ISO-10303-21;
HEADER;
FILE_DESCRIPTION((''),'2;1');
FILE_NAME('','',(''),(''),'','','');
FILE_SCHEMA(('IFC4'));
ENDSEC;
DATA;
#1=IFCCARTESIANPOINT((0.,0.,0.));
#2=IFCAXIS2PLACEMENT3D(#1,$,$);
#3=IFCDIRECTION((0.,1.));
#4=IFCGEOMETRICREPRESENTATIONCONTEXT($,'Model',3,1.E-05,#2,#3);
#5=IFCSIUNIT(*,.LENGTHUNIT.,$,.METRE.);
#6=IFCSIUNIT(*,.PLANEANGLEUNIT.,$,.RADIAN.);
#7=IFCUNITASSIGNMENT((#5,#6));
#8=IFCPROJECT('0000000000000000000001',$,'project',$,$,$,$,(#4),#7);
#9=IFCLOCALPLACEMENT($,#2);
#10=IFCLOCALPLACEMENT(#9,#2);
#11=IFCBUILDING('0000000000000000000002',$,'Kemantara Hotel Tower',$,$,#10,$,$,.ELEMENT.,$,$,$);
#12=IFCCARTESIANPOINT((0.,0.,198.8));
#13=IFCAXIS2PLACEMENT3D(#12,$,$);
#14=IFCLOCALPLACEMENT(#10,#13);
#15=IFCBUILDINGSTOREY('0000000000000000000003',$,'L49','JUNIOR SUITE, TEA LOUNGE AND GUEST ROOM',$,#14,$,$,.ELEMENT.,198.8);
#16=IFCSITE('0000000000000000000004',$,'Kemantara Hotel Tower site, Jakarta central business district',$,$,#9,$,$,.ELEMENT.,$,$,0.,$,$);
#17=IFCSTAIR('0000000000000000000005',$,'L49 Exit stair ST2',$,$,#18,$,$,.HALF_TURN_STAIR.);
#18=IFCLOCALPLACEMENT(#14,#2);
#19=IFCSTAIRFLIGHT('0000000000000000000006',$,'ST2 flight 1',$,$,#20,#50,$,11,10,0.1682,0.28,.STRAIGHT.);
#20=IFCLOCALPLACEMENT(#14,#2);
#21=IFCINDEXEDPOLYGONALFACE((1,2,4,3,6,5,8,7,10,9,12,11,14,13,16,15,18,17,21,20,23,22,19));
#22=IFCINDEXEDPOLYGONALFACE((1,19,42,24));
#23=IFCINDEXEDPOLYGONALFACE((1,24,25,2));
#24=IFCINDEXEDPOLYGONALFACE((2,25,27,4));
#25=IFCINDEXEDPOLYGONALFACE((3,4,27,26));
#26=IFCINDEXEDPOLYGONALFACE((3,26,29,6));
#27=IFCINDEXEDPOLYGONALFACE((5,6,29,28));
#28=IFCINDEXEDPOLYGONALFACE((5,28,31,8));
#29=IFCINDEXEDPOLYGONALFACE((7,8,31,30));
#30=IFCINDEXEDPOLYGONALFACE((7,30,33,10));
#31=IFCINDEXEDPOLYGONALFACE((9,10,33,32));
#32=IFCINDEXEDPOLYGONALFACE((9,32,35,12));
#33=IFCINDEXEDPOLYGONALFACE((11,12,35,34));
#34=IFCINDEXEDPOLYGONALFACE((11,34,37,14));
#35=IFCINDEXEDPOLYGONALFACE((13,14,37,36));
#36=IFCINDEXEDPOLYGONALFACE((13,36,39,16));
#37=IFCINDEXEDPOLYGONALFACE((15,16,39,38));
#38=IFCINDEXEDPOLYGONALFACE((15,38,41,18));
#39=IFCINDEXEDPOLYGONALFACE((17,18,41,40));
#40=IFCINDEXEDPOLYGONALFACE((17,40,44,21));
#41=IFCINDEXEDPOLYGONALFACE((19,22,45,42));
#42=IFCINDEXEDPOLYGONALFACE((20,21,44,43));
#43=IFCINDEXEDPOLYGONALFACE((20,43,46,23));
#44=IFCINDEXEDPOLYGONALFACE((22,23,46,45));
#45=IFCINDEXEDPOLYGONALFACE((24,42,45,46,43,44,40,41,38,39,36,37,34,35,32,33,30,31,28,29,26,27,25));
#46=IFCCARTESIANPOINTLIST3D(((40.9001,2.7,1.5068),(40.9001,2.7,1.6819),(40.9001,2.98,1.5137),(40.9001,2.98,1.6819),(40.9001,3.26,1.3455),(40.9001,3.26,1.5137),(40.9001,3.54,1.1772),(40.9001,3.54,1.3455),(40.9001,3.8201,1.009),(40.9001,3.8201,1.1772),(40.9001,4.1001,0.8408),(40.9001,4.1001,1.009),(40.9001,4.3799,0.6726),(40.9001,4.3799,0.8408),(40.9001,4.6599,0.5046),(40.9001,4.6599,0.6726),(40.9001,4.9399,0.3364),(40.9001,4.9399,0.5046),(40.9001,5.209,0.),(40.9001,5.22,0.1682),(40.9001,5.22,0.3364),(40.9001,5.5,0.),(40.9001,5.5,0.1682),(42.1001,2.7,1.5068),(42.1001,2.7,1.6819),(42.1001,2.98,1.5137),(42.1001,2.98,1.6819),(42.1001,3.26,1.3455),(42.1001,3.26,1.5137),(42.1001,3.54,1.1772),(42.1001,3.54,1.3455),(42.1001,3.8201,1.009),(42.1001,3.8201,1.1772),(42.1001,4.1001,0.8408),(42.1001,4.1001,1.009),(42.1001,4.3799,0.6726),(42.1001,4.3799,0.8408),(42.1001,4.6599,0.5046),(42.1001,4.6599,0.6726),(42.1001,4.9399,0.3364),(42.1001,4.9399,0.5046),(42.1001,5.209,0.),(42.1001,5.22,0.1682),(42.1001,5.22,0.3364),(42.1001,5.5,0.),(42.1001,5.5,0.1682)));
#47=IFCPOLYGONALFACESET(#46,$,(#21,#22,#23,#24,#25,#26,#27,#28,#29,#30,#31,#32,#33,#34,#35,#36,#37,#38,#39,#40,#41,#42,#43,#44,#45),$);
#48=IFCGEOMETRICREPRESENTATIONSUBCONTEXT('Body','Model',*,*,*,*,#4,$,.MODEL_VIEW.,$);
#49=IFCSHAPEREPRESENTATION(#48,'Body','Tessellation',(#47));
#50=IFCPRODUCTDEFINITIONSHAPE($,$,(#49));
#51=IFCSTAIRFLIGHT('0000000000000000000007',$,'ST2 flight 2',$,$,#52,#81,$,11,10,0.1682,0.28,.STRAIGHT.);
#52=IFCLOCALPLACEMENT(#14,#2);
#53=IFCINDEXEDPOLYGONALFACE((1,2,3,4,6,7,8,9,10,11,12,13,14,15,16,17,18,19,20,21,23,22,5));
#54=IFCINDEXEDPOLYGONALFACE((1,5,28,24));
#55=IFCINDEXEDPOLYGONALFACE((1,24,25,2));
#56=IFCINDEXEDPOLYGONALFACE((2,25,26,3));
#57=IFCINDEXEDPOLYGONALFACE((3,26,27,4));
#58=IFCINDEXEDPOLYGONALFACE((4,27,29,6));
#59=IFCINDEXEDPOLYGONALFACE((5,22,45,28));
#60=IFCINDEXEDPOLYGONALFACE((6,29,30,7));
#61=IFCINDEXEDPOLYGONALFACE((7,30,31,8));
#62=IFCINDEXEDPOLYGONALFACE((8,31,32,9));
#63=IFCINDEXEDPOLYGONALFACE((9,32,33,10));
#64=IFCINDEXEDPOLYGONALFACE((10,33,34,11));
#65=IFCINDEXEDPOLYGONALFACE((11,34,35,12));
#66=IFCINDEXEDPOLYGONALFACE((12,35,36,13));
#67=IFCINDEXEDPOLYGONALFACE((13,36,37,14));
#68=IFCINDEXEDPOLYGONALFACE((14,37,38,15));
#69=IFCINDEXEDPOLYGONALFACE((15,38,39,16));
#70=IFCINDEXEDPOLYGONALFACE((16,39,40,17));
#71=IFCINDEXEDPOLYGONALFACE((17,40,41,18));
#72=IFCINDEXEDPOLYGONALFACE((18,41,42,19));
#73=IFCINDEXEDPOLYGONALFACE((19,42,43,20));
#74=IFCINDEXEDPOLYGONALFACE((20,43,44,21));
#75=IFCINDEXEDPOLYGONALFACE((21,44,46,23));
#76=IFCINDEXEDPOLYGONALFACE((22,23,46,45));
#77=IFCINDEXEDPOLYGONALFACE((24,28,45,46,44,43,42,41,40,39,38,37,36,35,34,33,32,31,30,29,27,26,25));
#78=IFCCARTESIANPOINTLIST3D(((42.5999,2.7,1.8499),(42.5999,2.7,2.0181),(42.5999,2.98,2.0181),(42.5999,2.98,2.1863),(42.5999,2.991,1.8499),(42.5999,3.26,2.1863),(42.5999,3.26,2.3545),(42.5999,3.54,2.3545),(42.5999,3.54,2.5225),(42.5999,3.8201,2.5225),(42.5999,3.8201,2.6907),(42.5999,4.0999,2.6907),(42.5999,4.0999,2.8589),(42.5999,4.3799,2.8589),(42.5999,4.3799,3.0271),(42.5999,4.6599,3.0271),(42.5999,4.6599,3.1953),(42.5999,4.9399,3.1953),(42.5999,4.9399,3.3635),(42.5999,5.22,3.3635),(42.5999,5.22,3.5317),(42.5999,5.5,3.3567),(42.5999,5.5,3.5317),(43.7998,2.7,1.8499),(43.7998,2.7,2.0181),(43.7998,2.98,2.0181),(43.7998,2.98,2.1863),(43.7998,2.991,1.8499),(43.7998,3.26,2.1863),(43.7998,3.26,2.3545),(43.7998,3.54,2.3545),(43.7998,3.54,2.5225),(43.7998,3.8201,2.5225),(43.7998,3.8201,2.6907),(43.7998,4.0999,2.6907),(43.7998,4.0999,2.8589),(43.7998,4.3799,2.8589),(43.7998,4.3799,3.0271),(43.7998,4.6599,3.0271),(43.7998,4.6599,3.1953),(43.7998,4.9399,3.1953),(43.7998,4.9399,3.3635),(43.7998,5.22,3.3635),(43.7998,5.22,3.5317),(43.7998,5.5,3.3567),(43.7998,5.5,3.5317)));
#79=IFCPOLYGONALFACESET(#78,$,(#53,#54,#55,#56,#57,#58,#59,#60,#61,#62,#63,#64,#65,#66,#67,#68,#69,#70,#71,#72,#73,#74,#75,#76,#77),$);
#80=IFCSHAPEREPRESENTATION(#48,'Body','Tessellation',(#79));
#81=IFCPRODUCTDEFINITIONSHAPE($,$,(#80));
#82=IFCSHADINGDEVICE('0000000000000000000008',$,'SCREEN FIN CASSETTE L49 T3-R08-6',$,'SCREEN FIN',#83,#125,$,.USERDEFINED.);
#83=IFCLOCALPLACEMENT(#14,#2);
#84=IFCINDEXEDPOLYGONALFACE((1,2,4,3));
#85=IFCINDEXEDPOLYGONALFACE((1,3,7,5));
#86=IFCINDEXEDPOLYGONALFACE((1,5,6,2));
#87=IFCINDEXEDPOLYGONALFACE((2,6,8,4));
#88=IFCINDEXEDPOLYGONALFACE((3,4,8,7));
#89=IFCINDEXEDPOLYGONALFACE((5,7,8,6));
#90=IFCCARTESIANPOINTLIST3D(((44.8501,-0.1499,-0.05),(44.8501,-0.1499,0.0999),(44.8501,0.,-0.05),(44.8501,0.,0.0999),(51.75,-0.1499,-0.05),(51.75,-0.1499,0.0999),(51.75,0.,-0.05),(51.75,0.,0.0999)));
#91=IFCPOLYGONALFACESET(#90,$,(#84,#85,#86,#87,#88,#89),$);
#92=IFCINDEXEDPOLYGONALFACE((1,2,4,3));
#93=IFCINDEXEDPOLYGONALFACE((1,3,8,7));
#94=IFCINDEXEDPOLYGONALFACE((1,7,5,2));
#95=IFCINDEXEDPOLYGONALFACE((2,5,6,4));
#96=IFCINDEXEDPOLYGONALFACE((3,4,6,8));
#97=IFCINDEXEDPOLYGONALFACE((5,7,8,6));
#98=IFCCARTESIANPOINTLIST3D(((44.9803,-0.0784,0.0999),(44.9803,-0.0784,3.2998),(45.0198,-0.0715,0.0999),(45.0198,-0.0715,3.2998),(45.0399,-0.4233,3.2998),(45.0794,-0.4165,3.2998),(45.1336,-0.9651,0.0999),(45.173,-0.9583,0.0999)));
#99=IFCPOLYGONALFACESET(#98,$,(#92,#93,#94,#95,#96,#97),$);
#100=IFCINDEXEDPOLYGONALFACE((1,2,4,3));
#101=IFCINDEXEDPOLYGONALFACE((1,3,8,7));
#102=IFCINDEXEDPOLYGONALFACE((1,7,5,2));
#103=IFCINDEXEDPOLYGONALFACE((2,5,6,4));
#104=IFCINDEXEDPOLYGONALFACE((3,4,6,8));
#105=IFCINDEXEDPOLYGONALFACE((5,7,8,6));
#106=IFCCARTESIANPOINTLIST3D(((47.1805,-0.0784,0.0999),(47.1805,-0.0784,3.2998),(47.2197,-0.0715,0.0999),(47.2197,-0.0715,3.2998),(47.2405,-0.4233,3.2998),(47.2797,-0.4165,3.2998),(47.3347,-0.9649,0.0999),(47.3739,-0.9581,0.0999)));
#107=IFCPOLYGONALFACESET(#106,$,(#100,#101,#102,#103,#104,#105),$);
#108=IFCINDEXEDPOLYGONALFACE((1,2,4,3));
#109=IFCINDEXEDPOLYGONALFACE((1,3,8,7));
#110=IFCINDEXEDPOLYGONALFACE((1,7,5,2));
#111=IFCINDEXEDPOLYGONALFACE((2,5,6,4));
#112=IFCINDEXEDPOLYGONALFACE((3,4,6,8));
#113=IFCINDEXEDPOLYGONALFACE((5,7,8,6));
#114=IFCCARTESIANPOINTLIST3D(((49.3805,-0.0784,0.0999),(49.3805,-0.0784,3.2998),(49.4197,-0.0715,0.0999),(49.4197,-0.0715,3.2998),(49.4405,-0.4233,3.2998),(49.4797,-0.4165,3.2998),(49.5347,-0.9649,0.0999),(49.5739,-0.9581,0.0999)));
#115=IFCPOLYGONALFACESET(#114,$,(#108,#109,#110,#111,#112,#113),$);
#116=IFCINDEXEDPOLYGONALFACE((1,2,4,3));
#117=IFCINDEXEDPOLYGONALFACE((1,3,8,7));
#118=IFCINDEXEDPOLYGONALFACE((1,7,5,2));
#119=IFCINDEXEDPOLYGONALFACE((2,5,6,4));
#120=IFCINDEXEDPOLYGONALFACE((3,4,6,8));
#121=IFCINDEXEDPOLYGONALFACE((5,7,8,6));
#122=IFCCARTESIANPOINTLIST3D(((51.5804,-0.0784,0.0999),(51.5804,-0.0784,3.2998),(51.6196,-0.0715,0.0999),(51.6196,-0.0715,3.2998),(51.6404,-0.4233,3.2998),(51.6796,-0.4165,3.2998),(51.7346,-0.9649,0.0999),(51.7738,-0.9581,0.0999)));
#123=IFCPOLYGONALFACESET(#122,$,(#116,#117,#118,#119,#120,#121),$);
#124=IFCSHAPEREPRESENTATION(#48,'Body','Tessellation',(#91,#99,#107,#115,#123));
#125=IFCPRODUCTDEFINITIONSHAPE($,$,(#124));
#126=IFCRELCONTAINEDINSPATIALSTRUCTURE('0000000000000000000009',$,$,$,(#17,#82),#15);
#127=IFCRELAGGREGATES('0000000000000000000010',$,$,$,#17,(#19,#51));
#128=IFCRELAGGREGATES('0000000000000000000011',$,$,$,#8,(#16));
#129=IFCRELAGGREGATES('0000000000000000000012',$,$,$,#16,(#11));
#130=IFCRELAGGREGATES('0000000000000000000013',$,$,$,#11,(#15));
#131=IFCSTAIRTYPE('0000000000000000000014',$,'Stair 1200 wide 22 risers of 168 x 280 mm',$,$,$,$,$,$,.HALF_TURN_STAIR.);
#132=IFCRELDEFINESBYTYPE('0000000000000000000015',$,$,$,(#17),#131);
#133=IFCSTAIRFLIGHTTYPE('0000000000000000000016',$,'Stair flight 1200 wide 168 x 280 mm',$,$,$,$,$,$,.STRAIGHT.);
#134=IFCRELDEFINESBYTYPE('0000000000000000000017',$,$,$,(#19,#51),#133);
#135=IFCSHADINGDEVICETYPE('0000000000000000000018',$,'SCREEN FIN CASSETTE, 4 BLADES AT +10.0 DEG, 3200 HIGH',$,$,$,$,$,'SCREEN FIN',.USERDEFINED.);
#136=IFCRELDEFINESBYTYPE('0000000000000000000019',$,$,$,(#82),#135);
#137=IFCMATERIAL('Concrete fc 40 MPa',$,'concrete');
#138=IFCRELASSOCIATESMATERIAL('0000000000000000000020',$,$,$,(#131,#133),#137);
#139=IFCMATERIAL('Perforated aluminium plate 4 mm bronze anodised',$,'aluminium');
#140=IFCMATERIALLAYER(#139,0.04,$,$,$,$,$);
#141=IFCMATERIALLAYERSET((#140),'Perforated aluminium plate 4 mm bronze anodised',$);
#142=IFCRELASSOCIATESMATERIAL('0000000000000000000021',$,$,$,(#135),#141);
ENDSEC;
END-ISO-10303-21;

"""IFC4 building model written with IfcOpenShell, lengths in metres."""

from ifc_helpers import new_model, si_unit, direction, frame, origin, origin_2d, place, context, subcontext, project, spatial, polyline, rectangle, outline, extrude, source, transform, mapped, material, layer, layer_set, type_object, element, aggregate, save


model = new_model("IFC4")

# Units and contexts
model_context = context("Model", 3, precision=1e-05, world=origin(), true_north=direction((0.0, 1.0)))
body_context = subcontext(model_context, "Body", "Model", "MODEL_VIEW")
ifc_project = project(units=[si_unit("LENGTHUNIT", "METRE"), si_unit("PLANEANGLEUNIT", "RADIAN")], contexts=[model_context])

# Site, building, storey
site_placement = place(None, origin())
site = spatial("IfcSite", under=ifc_project, at=site_placement, Name="Kemantara Hotel Tower site, Jakarta central business district", CompositionType="ELEMENT", RefElevation=0.0)
building_placement = place(site_placement, origin())
building = spatial("IfcBuilding", under=site, at=building_placement, Name="Kemantara Hotel Tower", CompositionType="ELEMENT")
storey_placement = place(building_placement, frame((0.0, 0.0, 198.8)))
storey = spatial("IfcBuildingStorey", under=building, at=storey_placement, Name="L49", Description="JUNIOR SUITE, TEA LOUNGE AND GUEST ROOM", CompositionType="ELEMENT", Elevation=198.8)

# Stair, stair flights
ifc_material_1 = material(Name="Concrete fc 40 MPa", Category="concrete")
stair_type = type_object("IfcStairType", Name="Stair 1200 wide 22 risers of 168 x 280 mm", PredefinedType="HALF_TURN_STAIR", material=ifc_material_1)
stair_placement = place(storey_placement, origin())
stair = element("IfcStair", 1, at=stair_placement, inside=storey, type_object=stair_type, Name="L49 Exit stair ST2", PredefinedType="HALF_TURN_STAIR")
stair_flight_type = type_object("IfcStairFlightType", Name="Stair flight 1200 wide 168 x 280 mm", PredefinedType="STRAIGHT", material=ifc_material_1)
stair_flight_1_placement = place(storey_placement, frame((41.5, 5.5, 0.0), z_axis=(0.0, 0.0, 1.0), x_axis=(0.0, -1.0, 0.0)))
stair_flight_1 = element("IfcStairFlight", 2, at=stair_flight_1_placement, type_object=stair_flight_type, Name="ST2 flight 1", NumberOfRisers=11, NumberOfTreads=10, PredefinedType="STRAIGHT", RiserHeight=0.1682, TreadLength=0.28, context=body_context, shape_type="SweptSolid", body=[
    extrude(outline(polyline([(0.0, 0.0), (0.0, 0.1682), (0.28, 0.1682), (0.28, 0.3364), (0.5601, 0.3364), (0.5601, 0.5046), (0.8401, 0.5046), (0.8401, 0.6726), (1.1201, 0.6726), (1.1201, 0.8408), (1.3999, 0.8408), (1.3999, 1.009), (1.6799, 1.009), (1.6799, 1.1772), (1.96, 1.1772), (1.96, 1.3455), (2.24, 1.3455), (2.24, 1.5137), (2.52, 1.5137), (2.52, 1.6819), (2.8, 1.6819), (2.8, 1.8501), (2.8, 1.5068), (0.291, 0.0), (0.0, 0.0)])), frame((0.0, 0.6001, 0.0), z_axis=(0.0, -1.0, 0.0), x_axis=(1.0, 0.0, 0.0)), (0.0, 0.0, 1.0), 1.2),
])
stair_flight_2_placement = place(storey_placement, frame((43.2, 2.7, 1.8499), z_axis=(0.0, 0.0, 1.0), x_axis=(0.0, 1.0, 0.0)))
stair_flight_2 = element("IfcStairFlight", 3, at=stair_flight_2_placement, type_object=stair_flight_type, Name="ST2 flight 2", NumberOfRisers=11, NumberOfTreads=10, PredefinedType="STRAIGHT", RiserHeight=0.1682, TreadLength=0.28, context=body_context, shape_type="SweptSolid", body=[
    extrude(outline(polyline([(0.0, 0.0), (0.0, 0.1682), (0.28, 0.1682), (0.28, 0.3364), (0.5601, 0.3364), (0.5601, 0.5046), (0.8401, 0.5046), (0.8401, 0.6726), (1.1201, 0.6726), (1.1201, 0.8408), (1.3999, 0.8408), (1.3999, 1.009), (1.6799, 1.009), (1.6799, 1.1772), (1.96, 1.1772), (1.96, 1.3455), (2.24, 1.3455), (2.24, 1.5137), (2.52, 1.5137), (2.52, 1.6819), (2.8, 1.6819), (2.8, 1.8501), (2.8, 1.5068), (0.291, 0.0), (0.0, 0.0)])), frame((0.0, 0.6001, 0.0), z_axis=(0.0, -1.0, 0.0), x_axis=(1.0, 0.0, 0.0)), (0.0, 0.0, 1.0), 1.2),
])
aggregate(stair, [stair_flight_1, stair_flight_2])

# Shading device
ifc_material_2 = material(Name="Perforated aluminium plate 4 mm bronze anodised", Category="aluminium")
ifc_layer_1 = layer(ifc_material_2, 0.04)
ifc_layer_set_1 = layer_set([ifc_layer_1], Name="Perforated aluminium plate 4 mm bronze anodised")
shading_device_type = type_object("IfcShadingDeviceType", Name="SCREEN FIN CASSETTE, 4 BLADES AT +10.0 DEG, 3200 HIGH", ElementType="SCREEN FIN", PredefinedType="USERDEFINED", material=ifc_layer_set_1)
shared_shape = source(origin(), body_context, "Body", "SweptSolid", [
    extrude(rectangle(XDim=6.8999, YDim=0.1499, at=origin_2d()), frame((3.3, -0.075, -0.1499), z_axis=(0.0, 0.0, 1.0), x_axis=(1.0, 0.0, 0.0)), (0.0, 0.0, 1.0), 0.1499),
    extrude(outline(polyline([(0.0, 0.0), (0.8999, 0.0), (0.3501, 3.2), (0.0, 3.2), (0.0, 0.0)])), frame((0.0198, -0.0715, 0.0), z_axis=(-0.98539, -0.170314, 0.0), x_axis=(0.170314, -0.98539, 0.0)), (0.0, 0.0, 1.0), 0.04),
    extrude(outline(polyline([(0.0, 0.0), (0.8999, 0.0), (0.3501, 3.2), (0.0, 3.2), (0.0, 0.0)])), frame((2.2197, -0.0715, 0.0), z_axis=(-0.985212, -0.171341, 0.0), x_axis=(0.171341, -0.985212, 0.0)), (0.0, 0.0, 1.0), 0.0398),
    extrude(outline(polyline([(0.0, 0.0), (0.8999, 0.0), (0.3501, 3.2), (0.0, 3.2), (0.0, 0.0)])), frame((4.4197, -0.0715, 0.0), z_axis=(-0.985212, -0.171341, 0.0), x_axis=(0.171341, -0.985212, 0.0)), (0.0, 0.0, 1.0), 0.0398),
    extrude(outline(polyline([(0.0, 0.0), (0.8999, 0.0), (0.3501, 3.2), (0.0, 3.2), (0.0, 0.0)])), frame((6.6196, -0.0715, 0.0), z_axis=(-0.985212, -0.171341, 0.0), x_axis=(0.171341, -0.985212, 0.0)), (0.0, 0.0, 1.0), 0.0398),
])
shading_device_placement = place(storey_placement, frame((45.0, 0.0, 0.0999), z_axis=(0.0, 0.0, 1.0), x_axis=(1.0, 0.0, 0.0)))
element("IfcShadingDevice", 4, at=shading_device_placement, inside=storey, type_object=shading_device_type, Name="SCREEN FIN CASSETTE L49 T3-R08-6", ObjectType="SCREEN FIN", PredefinedType="USERDEFINED", context=body_context, shape_type="MappedRepresentation", body=[
    mapped(shared_shape, transform((0.0, 0.0, 0.0))),
])

save(model, "model.ifc")
